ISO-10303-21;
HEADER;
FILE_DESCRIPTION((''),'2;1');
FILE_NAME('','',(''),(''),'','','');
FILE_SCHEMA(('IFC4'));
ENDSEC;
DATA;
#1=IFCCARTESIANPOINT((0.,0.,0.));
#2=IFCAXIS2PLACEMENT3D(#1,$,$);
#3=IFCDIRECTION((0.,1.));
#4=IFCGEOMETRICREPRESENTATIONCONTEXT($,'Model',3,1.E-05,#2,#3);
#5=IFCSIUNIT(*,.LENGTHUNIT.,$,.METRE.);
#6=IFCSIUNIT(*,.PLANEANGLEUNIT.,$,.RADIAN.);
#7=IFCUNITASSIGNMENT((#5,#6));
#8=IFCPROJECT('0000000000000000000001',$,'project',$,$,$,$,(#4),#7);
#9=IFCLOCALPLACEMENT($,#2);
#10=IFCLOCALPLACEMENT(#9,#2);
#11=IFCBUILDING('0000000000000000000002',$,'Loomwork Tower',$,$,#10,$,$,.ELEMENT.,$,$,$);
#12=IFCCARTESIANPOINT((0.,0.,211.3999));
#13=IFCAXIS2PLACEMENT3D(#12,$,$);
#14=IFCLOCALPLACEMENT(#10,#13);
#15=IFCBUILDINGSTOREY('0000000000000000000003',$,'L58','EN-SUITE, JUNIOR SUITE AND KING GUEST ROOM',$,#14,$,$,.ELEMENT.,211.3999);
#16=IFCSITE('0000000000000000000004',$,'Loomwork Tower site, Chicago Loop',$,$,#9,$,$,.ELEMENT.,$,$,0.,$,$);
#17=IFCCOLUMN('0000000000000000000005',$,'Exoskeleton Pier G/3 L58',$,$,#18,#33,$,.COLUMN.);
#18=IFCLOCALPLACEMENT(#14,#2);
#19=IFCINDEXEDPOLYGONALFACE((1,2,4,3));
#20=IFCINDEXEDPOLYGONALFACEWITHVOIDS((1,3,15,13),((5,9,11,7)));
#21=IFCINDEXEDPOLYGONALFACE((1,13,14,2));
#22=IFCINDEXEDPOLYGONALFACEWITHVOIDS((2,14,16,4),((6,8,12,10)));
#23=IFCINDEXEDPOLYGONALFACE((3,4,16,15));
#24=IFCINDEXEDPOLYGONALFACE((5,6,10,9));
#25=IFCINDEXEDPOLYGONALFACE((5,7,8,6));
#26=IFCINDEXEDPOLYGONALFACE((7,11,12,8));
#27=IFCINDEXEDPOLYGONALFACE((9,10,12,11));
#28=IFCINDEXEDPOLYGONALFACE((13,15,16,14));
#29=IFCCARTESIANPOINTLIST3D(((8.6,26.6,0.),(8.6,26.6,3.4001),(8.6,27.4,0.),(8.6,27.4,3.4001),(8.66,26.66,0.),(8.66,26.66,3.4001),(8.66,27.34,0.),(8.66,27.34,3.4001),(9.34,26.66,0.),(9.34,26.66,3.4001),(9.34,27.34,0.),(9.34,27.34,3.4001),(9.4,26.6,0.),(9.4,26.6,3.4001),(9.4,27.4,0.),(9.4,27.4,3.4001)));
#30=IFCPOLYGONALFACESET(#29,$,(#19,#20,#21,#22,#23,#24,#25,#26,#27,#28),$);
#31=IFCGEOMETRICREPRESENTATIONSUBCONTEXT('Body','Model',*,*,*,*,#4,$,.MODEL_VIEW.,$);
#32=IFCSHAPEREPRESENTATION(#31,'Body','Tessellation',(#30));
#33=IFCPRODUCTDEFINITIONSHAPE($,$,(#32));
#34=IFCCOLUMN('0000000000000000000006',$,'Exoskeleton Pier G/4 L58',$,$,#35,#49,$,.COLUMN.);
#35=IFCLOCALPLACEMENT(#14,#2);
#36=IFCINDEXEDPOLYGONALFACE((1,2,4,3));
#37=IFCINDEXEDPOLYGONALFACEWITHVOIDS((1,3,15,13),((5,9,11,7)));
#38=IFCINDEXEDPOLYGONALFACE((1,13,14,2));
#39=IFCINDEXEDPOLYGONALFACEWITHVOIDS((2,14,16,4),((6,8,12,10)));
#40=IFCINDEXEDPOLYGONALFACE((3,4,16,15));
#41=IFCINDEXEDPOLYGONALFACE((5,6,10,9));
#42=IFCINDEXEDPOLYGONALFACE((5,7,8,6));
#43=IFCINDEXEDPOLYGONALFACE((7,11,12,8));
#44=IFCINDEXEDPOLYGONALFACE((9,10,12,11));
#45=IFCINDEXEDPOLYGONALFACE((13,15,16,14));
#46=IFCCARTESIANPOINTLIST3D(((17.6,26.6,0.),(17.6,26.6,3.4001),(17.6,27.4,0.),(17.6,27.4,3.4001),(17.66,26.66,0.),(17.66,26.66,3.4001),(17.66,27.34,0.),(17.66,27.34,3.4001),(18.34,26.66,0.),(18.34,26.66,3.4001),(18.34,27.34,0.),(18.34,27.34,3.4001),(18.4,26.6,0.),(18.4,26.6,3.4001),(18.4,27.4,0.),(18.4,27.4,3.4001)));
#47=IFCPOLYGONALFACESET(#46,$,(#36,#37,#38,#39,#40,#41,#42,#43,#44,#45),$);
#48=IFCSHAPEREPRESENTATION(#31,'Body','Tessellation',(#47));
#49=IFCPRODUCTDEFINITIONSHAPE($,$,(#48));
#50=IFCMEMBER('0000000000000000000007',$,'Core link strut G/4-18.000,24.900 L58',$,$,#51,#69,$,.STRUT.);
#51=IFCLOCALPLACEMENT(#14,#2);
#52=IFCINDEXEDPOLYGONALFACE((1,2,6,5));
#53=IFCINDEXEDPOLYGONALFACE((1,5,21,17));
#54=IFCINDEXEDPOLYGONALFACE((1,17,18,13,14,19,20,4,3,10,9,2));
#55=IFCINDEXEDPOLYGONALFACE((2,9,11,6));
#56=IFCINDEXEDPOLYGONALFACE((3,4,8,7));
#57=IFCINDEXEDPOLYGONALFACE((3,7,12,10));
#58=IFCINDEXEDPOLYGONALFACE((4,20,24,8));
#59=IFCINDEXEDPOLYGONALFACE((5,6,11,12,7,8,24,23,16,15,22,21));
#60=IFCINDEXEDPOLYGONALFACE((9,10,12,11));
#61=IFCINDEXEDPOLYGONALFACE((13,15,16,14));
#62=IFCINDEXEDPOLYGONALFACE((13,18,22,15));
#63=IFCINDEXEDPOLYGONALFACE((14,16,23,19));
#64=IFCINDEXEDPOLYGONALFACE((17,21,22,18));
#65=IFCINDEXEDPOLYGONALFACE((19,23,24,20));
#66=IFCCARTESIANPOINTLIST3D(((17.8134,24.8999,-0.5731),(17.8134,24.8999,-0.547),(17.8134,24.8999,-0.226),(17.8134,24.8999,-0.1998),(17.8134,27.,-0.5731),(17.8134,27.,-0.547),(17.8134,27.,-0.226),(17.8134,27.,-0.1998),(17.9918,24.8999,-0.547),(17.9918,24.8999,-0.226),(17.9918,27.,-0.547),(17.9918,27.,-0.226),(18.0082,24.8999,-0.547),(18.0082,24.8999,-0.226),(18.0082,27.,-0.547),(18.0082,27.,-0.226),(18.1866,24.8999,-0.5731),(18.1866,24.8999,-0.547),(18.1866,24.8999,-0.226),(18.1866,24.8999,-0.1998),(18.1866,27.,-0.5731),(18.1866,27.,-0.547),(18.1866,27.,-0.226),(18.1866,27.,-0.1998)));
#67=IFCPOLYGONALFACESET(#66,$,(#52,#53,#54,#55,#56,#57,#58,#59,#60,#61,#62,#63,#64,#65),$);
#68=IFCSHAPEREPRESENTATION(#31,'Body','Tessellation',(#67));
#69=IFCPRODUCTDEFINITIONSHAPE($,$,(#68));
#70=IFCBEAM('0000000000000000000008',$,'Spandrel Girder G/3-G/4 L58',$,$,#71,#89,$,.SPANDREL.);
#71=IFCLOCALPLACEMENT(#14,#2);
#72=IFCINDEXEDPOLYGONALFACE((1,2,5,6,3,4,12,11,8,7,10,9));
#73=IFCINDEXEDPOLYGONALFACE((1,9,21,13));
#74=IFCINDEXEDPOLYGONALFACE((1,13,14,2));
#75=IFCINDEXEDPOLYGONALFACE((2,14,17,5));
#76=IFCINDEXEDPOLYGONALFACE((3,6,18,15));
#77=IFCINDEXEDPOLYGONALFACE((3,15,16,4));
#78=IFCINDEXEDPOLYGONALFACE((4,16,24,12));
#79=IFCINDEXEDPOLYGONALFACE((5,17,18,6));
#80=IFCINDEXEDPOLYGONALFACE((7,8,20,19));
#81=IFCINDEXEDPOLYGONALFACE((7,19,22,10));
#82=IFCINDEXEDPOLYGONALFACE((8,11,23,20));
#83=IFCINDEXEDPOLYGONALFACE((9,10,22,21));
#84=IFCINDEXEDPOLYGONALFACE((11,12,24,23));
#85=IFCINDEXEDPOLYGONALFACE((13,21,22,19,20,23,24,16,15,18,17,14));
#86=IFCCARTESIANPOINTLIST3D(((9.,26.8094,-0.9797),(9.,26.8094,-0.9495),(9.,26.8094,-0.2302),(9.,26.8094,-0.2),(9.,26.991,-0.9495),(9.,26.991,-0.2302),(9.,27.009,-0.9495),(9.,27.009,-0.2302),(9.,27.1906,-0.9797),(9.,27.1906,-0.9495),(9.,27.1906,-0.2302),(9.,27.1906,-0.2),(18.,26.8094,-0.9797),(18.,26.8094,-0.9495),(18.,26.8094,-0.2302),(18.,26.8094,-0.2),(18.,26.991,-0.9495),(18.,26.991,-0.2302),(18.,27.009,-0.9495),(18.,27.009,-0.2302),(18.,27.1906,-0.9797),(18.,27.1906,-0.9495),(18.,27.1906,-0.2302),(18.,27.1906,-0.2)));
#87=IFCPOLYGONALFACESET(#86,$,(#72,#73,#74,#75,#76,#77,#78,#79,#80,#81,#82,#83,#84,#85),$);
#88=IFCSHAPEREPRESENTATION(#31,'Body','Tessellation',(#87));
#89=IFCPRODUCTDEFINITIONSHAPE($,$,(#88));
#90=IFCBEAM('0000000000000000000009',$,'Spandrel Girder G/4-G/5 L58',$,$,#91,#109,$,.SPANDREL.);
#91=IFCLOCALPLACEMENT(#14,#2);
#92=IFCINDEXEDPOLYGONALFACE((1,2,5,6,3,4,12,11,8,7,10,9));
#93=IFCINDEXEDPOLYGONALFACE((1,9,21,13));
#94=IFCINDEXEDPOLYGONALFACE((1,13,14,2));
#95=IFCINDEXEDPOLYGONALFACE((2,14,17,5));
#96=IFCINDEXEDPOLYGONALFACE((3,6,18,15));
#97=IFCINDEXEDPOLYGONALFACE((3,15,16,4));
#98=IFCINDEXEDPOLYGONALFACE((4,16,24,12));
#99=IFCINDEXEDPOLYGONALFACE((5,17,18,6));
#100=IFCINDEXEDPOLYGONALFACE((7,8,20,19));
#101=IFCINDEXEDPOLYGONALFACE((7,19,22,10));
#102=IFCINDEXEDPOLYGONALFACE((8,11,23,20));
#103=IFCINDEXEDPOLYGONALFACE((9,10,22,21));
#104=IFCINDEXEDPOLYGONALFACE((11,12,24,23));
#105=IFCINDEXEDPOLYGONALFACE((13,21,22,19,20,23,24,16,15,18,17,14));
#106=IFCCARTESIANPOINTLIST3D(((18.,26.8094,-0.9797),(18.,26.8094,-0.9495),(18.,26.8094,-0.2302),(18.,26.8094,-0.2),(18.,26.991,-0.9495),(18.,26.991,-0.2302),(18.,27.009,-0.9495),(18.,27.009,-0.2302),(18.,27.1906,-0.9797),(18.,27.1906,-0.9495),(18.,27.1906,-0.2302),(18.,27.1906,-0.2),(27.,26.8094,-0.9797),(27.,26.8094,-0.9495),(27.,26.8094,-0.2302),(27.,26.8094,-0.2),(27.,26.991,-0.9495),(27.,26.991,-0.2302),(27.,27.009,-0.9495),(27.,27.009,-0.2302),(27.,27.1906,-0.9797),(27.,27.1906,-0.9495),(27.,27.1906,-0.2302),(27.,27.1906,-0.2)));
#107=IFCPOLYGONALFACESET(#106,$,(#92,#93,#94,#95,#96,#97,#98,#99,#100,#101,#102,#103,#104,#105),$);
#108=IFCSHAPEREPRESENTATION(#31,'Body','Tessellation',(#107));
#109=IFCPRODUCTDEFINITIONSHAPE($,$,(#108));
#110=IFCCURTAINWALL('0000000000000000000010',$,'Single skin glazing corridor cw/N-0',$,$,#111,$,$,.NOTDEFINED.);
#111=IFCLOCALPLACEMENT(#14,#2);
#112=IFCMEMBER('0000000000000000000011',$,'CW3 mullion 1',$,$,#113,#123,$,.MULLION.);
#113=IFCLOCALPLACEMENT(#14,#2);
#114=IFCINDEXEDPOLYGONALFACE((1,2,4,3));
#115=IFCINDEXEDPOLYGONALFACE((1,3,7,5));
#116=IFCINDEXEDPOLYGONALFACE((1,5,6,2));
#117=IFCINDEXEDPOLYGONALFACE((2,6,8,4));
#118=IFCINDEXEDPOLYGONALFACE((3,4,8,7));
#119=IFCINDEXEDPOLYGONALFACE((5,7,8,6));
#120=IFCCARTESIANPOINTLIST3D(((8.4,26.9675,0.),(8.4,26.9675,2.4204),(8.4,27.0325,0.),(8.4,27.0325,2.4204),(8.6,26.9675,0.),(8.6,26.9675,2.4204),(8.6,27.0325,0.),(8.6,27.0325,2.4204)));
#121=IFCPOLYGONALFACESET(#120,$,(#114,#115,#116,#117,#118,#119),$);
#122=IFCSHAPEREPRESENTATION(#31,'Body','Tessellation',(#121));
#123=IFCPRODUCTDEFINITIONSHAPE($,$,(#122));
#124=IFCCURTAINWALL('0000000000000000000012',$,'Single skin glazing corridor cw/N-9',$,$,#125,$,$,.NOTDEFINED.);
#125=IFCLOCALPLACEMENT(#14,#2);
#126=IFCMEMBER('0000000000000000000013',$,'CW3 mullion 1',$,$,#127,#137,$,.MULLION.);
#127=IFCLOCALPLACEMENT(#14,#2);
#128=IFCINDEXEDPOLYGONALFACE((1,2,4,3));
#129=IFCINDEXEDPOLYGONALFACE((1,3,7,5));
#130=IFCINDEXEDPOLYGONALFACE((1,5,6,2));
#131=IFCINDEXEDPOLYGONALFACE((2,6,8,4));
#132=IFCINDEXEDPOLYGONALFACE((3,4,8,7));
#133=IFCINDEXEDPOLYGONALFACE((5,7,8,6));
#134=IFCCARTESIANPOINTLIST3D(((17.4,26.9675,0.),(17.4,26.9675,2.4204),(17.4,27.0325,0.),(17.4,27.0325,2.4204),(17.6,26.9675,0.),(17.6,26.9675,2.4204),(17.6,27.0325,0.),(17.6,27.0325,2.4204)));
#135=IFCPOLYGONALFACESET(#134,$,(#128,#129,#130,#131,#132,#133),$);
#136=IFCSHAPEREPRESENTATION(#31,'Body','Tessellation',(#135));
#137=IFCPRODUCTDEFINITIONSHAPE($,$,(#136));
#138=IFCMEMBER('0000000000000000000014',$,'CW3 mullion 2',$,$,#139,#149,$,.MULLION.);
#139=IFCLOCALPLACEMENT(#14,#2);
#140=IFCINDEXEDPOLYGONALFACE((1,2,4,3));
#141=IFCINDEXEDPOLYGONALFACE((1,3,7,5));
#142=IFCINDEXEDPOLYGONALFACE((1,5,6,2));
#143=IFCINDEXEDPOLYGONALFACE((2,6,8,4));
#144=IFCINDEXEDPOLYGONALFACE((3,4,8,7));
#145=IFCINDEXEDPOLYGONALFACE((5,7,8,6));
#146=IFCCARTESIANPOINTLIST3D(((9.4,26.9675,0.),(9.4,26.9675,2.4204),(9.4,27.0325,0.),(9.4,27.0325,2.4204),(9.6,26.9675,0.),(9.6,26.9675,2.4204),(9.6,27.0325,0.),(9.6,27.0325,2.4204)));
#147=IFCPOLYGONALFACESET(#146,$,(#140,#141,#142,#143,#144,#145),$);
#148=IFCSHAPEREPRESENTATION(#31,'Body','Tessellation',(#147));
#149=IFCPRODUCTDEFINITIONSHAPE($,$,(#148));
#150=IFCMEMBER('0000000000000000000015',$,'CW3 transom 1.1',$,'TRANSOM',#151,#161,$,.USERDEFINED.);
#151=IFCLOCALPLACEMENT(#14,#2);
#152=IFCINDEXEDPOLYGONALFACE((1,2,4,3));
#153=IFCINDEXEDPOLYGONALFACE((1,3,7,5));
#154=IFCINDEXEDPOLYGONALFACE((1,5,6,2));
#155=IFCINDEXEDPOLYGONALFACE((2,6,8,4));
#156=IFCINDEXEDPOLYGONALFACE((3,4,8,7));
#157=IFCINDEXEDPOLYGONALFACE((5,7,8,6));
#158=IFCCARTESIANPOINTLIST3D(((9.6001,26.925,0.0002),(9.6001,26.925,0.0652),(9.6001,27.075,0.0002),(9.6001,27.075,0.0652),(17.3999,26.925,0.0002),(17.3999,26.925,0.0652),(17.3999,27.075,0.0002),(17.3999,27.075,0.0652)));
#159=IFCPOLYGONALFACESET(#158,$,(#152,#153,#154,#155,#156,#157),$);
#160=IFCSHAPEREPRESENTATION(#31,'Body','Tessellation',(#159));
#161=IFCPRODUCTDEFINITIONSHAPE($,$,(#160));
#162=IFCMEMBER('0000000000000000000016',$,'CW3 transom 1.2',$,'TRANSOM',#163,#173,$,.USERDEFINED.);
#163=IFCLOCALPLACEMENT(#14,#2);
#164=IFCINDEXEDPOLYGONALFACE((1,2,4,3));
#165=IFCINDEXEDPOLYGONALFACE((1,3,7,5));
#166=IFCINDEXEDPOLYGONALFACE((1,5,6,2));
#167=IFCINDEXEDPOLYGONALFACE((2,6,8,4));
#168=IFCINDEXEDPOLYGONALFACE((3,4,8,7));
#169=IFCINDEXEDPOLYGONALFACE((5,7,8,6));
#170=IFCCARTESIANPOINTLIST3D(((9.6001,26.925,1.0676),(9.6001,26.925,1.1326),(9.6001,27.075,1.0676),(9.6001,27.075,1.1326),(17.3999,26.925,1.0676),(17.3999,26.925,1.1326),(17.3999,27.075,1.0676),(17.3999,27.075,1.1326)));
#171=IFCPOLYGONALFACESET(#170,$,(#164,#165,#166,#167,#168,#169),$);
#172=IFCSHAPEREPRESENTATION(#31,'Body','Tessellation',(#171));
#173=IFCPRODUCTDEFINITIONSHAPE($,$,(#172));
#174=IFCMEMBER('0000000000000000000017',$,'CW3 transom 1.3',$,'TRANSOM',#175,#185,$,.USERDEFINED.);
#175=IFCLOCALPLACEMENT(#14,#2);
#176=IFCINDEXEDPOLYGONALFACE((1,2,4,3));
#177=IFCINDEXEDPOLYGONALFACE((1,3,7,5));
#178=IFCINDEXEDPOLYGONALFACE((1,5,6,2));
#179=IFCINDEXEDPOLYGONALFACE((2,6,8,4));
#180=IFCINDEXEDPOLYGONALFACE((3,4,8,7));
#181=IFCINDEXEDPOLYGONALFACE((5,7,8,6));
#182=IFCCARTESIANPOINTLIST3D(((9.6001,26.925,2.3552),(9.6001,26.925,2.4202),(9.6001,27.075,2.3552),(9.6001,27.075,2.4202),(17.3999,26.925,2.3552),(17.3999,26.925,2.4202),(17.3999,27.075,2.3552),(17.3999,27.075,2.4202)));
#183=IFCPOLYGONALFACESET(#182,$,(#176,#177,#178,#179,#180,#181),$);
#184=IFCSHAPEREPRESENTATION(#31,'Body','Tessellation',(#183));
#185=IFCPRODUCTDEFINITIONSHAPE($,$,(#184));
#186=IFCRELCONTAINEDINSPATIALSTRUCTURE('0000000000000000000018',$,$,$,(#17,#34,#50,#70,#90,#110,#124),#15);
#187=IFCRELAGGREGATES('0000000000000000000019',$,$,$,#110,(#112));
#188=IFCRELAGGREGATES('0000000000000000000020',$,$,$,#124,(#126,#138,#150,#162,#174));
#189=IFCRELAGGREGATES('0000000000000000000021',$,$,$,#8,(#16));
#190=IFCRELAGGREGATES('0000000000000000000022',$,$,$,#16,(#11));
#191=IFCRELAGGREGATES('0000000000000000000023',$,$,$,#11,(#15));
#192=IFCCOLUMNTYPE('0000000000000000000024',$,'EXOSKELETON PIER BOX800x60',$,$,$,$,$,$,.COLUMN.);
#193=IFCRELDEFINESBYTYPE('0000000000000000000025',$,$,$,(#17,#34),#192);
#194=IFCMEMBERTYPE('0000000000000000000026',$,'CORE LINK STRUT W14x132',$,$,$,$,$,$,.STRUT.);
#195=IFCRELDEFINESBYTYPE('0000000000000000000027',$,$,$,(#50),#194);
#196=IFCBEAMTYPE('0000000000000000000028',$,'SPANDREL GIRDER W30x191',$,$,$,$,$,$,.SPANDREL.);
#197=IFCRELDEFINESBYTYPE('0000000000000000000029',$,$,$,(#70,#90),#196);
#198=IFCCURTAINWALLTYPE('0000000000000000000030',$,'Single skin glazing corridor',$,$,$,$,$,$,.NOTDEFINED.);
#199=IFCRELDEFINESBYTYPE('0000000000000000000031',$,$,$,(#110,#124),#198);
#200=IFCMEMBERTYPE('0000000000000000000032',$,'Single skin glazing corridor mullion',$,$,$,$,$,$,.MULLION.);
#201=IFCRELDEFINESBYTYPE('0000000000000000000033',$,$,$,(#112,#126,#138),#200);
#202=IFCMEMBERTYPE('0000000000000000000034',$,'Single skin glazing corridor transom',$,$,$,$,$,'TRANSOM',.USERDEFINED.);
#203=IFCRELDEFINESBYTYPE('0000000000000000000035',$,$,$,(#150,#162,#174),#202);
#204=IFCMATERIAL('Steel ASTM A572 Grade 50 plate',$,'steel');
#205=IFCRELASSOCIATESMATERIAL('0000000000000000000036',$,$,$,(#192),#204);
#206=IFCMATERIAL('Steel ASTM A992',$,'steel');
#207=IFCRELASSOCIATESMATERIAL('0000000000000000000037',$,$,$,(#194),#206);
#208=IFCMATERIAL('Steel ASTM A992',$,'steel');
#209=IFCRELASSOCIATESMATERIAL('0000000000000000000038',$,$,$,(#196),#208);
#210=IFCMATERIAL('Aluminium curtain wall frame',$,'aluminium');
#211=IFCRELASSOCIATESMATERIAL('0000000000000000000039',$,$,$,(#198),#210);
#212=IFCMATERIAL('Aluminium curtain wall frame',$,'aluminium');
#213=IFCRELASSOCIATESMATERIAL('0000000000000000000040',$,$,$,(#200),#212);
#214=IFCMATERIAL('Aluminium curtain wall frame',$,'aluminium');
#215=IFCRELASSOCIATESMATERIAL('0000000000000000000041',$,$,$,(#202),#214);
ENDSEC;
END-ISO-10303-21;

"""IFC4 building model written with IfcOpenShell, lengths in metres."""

from ifc_helpers import new_model, si_unit, direction, frame, origin, origin_2d, place, context, subcontext, project, spatial, rectangle, hollow_rectangle, i_section, extrude, material, material_profile, profile_set, type_object, element, aggregate, save


model = new_model("IFC4")

# Units and contexts
model_context = context("Model", 3, precision=1e-05, world=origin(), true_north=direction((0.0, 1.0)))
body_context = subcontext(model_context, "Body", "Model", "MODEL_VIEW")
ifc_project = project(units=[si_unit("LENGTHUNIT", "METRE"), si_unit("PLANEANGLEUNIT", "RADIAN")], contexts=[model_context])

# Site, building, storey
site_placement = place(None, origin())
site = spatial("IfcSite", under=ifc_project, at=site_placement, Name="Loomwork Tower site, Chicago Loop", CompositionType="ELEMENT", RefElevation=0.0)
building_placement = place(site_placement, origin())
building = spatial("IfcBuilding", under=site, at=building_placement, Name="Loomwork Tower", CompositionType="ELEMENT")
storey_placement = place(building_placement, frame((0.0, 0.0, 211.3999)))
storey = spatial("IfcBuildingStorey", under=building, at=storey_placement, Name="L58", Description="EN-SUITE, JUNIOR SUITE AND KING GUEST ROOM", CompositionType="ELEMENT", Elevation=211.3999)

# Columns
ifc_material_1 = material(Name="Steel ASTM A572 Grade 50 plate", Category="steel")
ifc_material_profile_1 = material_profile(ifc_material_1, hollow_rectangle(XDim=0.8, YDim=0.8, WallThickness=0.0601, at=origin_2d()), Name="BOX800x60")
ifc_profile_set_1 = profile_set([ifc_material_profile_1], Name="Steel ASTM A572 Grade 50 plate")
column_type = type_object("IfcColumnType", Name="EXOSKELETON PIER BOX800x60", PredefinedType="COLUMN", material=ifc_profile_set_1)
for number, where, z_axis, x_axis, name in (
    (1, (9.0, 27.0, 0.0), (0.0, 0.0, 1.0), (1.0, 0.0, 0.0), "Exoskeleton Pier G/3 L58"),
    (2, (18.0, 27.0, 0.0), (0.0, 0.0, 1.0), (1.0, 0.0, 0.0), "Exoskeleton Pier G/4 L58"),
):
    element("IfcColumn", number, at=place(storey_placement, frame(where, z_axis=z_axis, x_axis=x_axis)), inside=storey, type_object=column_type, Name=name, PredefinedType="COLUMN", context=body_context, shape_type="SweptSolid", body=[
        extrude(hollow_rectangle(XDim=0.8, YDim=0.8, WallThickness=0.0601, at=origin_2d()), origin(), (0.0, 0.0, 1.0), 3.4001),
    ])

# Member
ifc_material_2 = material(Name="Steel ASTM A992", Category="steel")
ifc_material_profile_2 = material_profile(ifc_material_2, i_section(OverallWidth=0.3733, OverallDepth=0.3733, WebThickness=0.0164, FlangeThickness=0.0261, at=origin_2d()), Name="W14x132")
ifc_profile_set_2 = profile_set([ifc_material_profile_2], Name="Steel ASTM A992")
member_type_1 = type_object("IfcMemberType", Name="CORE LINK STRUT W14x132", PredefinedType="STRUT", material=ifc_profile_set_2)
member_1_placement = place(storey_placement, frame((18.0, 27.0, -0.3865), z_axis=(0.0, -1.0, 0.0), x_axis=(1.0, 0.0, 0.0)))
element("IfcMember", 3, at=member_1_placement, inside=storey, type_object=member_type_1, Name="Core link strut G/4-18.000,24.900 L58", PredefinedType="STRUT", context=body_context, shape_type="SweptSolid", body=[
    extrude(i_section(OverallWidth=0.3733, OverallDepth=0.3733, WebThickness=0.0164, FlangeThickness=0.0261, at=origin_2d()), origin(), (0.0, 0.0, 1.0), 2.1001),
])

# Beams
ifc_material_3 = material(Name="Steel ASTM A992", Category="steel")
ifc_material_profile_3 = material_profile(ifc_material_3, i_section(OverallWidth=0.3811, OverallDepth=0.7798, WebThickness=0.0181, FlangeThickness=0.0303, at=origin_2d()), Name="W30x191")
ifc_profile_set_3 = profile_set([ifc_material_profile_3], Name="Steel ASTM A992")
beam_type = type_object("IfcBeamType", Name="SPANDREL GIRDER W30x191", PredefinedType="SPANDREL", material=ifc_profile_set_3)
for number, where, z_axis, x_axis, name in (
    (4, (9.0, 27.0, -0.5898), (1.0, 0.0, 0.0), (0.0, 1.0, 0.0), "Spandrel Girder G/3-G/4 L58"),
    (5, (18.0, 27.0, -0.5898), (1.0, 0.0, 0.0), (0.0, 1.0, 0.0), "Spandrel Girder G/4-G/5 L58"),
):
    element("IfcBeam", number, at=place(storey_placement, frame(where, z_axis=z_axis, x_axis=x_axis)), inside=storey, type_object=beam_type, Name=name, PredefinedType="SPANDREL", context=body_context, shape_type="SweptSolid", body=[
        extrude(i_section(OverallWidth=0.3811, OverallDepth=0.7798, WebThickness=0.0181, FlangeThickness=0.0303, at=origin_2d()), origin(), (0.0, 0.0, 1.0), 9.0),
    ])

# Curtain wall, member
ifc_material_4 = material(Name="Aluminium curtain wall frame", Category="aluminium")
curtain_wall_type = type_object("IfcCurtainWallType", Name="Single skin glazing corridor", PredefinedType="NOTDEFINED", material=ifc_material_4)
curtain_wall_1_placement = place(storey_placement, origin())
curtain_wall_1 = element("IfcCurtainWall", 6, at=curtain_wall_1_placement, inside=storey, type_object=curtain_wall_type, Name="Single skin glazing corridor cw/N-0", PredefinedType="NOTDEFINED")
ifc_material_5 = material(Name="Aluminium curtain wall frame", Category="aluminium")
ifc_material_profile_4 = material_profile(ifc_material_5, rectangle(XDim=0.0649, YDim=0.2, at=origin_2d()), Name="AL 65x200")
ifc_profile_set_4 = profile_set([ifc_material_profile_4], Name="Aluminium curtain wall frame")
member_type_2 = type_object("IfcMemberType", Name="Single skin glazing corridor mullion", PredefinedType="MULLION", material=ifc_profile_set_4)
member_2_placement = place(storey_placement, frame((8.5, 27.0, 0.0), z_axis=(0.0, 0.0, 1.0), x_axis=(0.0, -1.0, 0.0)))
member_2 = element("IfcMember", 7, at=member_2_placement, type_object=member_type_2, Name="CW3 mullion 1", PredefinedType="MULLION", context=body_context, shape_type="SweptSolid", body=[
    extrude(rectangle(XDim=0.0649, YDim=0.2, at=origin_2d()), origin(), (0.0, 0.0, 1.0), 2.4204),
])
aggregate(curtain_wall_1, [member_2])

# Curtain wall, members
curtain_wall_2_placement = place(storey_placement, origin())
curtain_wall_2 = element("IfcCurtainWall", 8, at=curtain_wall_2_placement, inside=storey, type_object=curtain_wall_type, Name="Single skin glazing corridor cw/N-9", PredefinedType="NOTDEFINED")
member_3_placement = place(storey_placement, frame((17.5, 27.0, 0.0), z_axis=(0.0, 0.0, 1.0), x_axis=(0.0, -1.0, 0.0)))
member_3 = element("IfcMember", 9, at=member_3_placement, type_object=member_type_2, Name="CW3 mullion 1", PredefinedType="MULLION", context=body_context, shape_type="SweptSolid", body=[
    extrude(rectangle(XDim=0.0649, YDim=0.2, at=origin_2d()), origin(), (0.0, 0.0, 1.0), 2.4204),
])
member_4_placement = place(storey_placement, frame((9.5, 27.0, 0.0), z_axis=(0.0, 0.0, 1.0), x_axis=(0.0, -1.0, 0.0)))
member_4 = element("IfcMember", 10, at=member_4_placement, type_object=member_type_2, Name="CW3 mullion 2", PredefinedType="MULLION", context=body_context, shape_type="SweptSolid", body=[
    extrude(rectangle(XDim=0.0649, YDim=0.2, at=origin_2d()), origin(), (0.0, 0.0, 1.0), 2.4204),
])
ifc_material_6 = material(Name="Aluminium curtain wall frame", Category="aluminium")
ifc_material_profile_5 = material_profile(ifc_material_6, rectangle(XDim=0.1499, YDim=0.0649, at=origin_2d()), Name="AL 65x150")
ifc_profile_set_5 = profile_set([ifc_material_profile_5], Name="Aluminium curtain wall frame")
member_type_3 = type_object("IfcMemberType", Name="Single skin glazing corridor transom", ElementType="TRANSOM", PredefinedType="USERDEFINED", material=ifc_profile_set_5)
member_5_placement = place(storey_placement, frame((17.3999, 27.0, 0.0327), z_axis=(-1.0, 0.0, 0.0), x_axis=(0.0, -1.0, 0.0)))
member_5 = element("IfcMember", 11, at=member_5_placement, type_object=member_type_3, Name="CW3 transom 1.1", ObjectType="TRANSOM", PredefinedType="USERDEFINED", context=body_context, shape_type="SweptSolid", body=[
    extrude(rectangle(XDim=0.1499, YDim=0.0649, at=origin_2d()), origin(), (0.0, 0.0, 1.0), 7.7998),
])
member_6_placement = place(storey_placement, frame((17.3999, 27.0, 1.1001), z_axis=(-1.0, 0.0, 0.0), x_axis=(0.0, -1.0, 0.0)))
member_6 = element("IfcMember", 12, at=member_6_placement, type_object=member_type_3, Name="CW3 transom 1.2", ObjectType="TRANSOM", PredefinedType="USERDEFINED", context=body_context, shape_type="SweptSolid", body=[
    extrude(rectangle(XDim=0.1499, YDim=0.0649, at=origin_2d()), origin(), (0.0, 0.0, 1.0), 7.7998),
])
member_7_placement = place(storey_placement, frame((17.3999, 27.0, 2.3877), z_axis=(-1.0, 0.0, 0.0), x_axis=(0.0, -1.0, 0.0)))
member_7 = element("IfcMember", 13, at=member_7_placement, type_object=member_type_3, Name="CW3 transom 1.3", ObjectType="TRANSOM", PredefinedType="USERDEFINED", context=body_context, shape_type="SweptSolid", body=[
    extrude(rectangle(XDim=0.1499, YDim=0.0649, at=origin_2d()), origin(), (0.0, 0.0, 1.0), 7.7998),
])
aggregate(curtain_wall_2, [member_3, member_4, member_5, member_6, member_7])

save(model, "model.ifc")
